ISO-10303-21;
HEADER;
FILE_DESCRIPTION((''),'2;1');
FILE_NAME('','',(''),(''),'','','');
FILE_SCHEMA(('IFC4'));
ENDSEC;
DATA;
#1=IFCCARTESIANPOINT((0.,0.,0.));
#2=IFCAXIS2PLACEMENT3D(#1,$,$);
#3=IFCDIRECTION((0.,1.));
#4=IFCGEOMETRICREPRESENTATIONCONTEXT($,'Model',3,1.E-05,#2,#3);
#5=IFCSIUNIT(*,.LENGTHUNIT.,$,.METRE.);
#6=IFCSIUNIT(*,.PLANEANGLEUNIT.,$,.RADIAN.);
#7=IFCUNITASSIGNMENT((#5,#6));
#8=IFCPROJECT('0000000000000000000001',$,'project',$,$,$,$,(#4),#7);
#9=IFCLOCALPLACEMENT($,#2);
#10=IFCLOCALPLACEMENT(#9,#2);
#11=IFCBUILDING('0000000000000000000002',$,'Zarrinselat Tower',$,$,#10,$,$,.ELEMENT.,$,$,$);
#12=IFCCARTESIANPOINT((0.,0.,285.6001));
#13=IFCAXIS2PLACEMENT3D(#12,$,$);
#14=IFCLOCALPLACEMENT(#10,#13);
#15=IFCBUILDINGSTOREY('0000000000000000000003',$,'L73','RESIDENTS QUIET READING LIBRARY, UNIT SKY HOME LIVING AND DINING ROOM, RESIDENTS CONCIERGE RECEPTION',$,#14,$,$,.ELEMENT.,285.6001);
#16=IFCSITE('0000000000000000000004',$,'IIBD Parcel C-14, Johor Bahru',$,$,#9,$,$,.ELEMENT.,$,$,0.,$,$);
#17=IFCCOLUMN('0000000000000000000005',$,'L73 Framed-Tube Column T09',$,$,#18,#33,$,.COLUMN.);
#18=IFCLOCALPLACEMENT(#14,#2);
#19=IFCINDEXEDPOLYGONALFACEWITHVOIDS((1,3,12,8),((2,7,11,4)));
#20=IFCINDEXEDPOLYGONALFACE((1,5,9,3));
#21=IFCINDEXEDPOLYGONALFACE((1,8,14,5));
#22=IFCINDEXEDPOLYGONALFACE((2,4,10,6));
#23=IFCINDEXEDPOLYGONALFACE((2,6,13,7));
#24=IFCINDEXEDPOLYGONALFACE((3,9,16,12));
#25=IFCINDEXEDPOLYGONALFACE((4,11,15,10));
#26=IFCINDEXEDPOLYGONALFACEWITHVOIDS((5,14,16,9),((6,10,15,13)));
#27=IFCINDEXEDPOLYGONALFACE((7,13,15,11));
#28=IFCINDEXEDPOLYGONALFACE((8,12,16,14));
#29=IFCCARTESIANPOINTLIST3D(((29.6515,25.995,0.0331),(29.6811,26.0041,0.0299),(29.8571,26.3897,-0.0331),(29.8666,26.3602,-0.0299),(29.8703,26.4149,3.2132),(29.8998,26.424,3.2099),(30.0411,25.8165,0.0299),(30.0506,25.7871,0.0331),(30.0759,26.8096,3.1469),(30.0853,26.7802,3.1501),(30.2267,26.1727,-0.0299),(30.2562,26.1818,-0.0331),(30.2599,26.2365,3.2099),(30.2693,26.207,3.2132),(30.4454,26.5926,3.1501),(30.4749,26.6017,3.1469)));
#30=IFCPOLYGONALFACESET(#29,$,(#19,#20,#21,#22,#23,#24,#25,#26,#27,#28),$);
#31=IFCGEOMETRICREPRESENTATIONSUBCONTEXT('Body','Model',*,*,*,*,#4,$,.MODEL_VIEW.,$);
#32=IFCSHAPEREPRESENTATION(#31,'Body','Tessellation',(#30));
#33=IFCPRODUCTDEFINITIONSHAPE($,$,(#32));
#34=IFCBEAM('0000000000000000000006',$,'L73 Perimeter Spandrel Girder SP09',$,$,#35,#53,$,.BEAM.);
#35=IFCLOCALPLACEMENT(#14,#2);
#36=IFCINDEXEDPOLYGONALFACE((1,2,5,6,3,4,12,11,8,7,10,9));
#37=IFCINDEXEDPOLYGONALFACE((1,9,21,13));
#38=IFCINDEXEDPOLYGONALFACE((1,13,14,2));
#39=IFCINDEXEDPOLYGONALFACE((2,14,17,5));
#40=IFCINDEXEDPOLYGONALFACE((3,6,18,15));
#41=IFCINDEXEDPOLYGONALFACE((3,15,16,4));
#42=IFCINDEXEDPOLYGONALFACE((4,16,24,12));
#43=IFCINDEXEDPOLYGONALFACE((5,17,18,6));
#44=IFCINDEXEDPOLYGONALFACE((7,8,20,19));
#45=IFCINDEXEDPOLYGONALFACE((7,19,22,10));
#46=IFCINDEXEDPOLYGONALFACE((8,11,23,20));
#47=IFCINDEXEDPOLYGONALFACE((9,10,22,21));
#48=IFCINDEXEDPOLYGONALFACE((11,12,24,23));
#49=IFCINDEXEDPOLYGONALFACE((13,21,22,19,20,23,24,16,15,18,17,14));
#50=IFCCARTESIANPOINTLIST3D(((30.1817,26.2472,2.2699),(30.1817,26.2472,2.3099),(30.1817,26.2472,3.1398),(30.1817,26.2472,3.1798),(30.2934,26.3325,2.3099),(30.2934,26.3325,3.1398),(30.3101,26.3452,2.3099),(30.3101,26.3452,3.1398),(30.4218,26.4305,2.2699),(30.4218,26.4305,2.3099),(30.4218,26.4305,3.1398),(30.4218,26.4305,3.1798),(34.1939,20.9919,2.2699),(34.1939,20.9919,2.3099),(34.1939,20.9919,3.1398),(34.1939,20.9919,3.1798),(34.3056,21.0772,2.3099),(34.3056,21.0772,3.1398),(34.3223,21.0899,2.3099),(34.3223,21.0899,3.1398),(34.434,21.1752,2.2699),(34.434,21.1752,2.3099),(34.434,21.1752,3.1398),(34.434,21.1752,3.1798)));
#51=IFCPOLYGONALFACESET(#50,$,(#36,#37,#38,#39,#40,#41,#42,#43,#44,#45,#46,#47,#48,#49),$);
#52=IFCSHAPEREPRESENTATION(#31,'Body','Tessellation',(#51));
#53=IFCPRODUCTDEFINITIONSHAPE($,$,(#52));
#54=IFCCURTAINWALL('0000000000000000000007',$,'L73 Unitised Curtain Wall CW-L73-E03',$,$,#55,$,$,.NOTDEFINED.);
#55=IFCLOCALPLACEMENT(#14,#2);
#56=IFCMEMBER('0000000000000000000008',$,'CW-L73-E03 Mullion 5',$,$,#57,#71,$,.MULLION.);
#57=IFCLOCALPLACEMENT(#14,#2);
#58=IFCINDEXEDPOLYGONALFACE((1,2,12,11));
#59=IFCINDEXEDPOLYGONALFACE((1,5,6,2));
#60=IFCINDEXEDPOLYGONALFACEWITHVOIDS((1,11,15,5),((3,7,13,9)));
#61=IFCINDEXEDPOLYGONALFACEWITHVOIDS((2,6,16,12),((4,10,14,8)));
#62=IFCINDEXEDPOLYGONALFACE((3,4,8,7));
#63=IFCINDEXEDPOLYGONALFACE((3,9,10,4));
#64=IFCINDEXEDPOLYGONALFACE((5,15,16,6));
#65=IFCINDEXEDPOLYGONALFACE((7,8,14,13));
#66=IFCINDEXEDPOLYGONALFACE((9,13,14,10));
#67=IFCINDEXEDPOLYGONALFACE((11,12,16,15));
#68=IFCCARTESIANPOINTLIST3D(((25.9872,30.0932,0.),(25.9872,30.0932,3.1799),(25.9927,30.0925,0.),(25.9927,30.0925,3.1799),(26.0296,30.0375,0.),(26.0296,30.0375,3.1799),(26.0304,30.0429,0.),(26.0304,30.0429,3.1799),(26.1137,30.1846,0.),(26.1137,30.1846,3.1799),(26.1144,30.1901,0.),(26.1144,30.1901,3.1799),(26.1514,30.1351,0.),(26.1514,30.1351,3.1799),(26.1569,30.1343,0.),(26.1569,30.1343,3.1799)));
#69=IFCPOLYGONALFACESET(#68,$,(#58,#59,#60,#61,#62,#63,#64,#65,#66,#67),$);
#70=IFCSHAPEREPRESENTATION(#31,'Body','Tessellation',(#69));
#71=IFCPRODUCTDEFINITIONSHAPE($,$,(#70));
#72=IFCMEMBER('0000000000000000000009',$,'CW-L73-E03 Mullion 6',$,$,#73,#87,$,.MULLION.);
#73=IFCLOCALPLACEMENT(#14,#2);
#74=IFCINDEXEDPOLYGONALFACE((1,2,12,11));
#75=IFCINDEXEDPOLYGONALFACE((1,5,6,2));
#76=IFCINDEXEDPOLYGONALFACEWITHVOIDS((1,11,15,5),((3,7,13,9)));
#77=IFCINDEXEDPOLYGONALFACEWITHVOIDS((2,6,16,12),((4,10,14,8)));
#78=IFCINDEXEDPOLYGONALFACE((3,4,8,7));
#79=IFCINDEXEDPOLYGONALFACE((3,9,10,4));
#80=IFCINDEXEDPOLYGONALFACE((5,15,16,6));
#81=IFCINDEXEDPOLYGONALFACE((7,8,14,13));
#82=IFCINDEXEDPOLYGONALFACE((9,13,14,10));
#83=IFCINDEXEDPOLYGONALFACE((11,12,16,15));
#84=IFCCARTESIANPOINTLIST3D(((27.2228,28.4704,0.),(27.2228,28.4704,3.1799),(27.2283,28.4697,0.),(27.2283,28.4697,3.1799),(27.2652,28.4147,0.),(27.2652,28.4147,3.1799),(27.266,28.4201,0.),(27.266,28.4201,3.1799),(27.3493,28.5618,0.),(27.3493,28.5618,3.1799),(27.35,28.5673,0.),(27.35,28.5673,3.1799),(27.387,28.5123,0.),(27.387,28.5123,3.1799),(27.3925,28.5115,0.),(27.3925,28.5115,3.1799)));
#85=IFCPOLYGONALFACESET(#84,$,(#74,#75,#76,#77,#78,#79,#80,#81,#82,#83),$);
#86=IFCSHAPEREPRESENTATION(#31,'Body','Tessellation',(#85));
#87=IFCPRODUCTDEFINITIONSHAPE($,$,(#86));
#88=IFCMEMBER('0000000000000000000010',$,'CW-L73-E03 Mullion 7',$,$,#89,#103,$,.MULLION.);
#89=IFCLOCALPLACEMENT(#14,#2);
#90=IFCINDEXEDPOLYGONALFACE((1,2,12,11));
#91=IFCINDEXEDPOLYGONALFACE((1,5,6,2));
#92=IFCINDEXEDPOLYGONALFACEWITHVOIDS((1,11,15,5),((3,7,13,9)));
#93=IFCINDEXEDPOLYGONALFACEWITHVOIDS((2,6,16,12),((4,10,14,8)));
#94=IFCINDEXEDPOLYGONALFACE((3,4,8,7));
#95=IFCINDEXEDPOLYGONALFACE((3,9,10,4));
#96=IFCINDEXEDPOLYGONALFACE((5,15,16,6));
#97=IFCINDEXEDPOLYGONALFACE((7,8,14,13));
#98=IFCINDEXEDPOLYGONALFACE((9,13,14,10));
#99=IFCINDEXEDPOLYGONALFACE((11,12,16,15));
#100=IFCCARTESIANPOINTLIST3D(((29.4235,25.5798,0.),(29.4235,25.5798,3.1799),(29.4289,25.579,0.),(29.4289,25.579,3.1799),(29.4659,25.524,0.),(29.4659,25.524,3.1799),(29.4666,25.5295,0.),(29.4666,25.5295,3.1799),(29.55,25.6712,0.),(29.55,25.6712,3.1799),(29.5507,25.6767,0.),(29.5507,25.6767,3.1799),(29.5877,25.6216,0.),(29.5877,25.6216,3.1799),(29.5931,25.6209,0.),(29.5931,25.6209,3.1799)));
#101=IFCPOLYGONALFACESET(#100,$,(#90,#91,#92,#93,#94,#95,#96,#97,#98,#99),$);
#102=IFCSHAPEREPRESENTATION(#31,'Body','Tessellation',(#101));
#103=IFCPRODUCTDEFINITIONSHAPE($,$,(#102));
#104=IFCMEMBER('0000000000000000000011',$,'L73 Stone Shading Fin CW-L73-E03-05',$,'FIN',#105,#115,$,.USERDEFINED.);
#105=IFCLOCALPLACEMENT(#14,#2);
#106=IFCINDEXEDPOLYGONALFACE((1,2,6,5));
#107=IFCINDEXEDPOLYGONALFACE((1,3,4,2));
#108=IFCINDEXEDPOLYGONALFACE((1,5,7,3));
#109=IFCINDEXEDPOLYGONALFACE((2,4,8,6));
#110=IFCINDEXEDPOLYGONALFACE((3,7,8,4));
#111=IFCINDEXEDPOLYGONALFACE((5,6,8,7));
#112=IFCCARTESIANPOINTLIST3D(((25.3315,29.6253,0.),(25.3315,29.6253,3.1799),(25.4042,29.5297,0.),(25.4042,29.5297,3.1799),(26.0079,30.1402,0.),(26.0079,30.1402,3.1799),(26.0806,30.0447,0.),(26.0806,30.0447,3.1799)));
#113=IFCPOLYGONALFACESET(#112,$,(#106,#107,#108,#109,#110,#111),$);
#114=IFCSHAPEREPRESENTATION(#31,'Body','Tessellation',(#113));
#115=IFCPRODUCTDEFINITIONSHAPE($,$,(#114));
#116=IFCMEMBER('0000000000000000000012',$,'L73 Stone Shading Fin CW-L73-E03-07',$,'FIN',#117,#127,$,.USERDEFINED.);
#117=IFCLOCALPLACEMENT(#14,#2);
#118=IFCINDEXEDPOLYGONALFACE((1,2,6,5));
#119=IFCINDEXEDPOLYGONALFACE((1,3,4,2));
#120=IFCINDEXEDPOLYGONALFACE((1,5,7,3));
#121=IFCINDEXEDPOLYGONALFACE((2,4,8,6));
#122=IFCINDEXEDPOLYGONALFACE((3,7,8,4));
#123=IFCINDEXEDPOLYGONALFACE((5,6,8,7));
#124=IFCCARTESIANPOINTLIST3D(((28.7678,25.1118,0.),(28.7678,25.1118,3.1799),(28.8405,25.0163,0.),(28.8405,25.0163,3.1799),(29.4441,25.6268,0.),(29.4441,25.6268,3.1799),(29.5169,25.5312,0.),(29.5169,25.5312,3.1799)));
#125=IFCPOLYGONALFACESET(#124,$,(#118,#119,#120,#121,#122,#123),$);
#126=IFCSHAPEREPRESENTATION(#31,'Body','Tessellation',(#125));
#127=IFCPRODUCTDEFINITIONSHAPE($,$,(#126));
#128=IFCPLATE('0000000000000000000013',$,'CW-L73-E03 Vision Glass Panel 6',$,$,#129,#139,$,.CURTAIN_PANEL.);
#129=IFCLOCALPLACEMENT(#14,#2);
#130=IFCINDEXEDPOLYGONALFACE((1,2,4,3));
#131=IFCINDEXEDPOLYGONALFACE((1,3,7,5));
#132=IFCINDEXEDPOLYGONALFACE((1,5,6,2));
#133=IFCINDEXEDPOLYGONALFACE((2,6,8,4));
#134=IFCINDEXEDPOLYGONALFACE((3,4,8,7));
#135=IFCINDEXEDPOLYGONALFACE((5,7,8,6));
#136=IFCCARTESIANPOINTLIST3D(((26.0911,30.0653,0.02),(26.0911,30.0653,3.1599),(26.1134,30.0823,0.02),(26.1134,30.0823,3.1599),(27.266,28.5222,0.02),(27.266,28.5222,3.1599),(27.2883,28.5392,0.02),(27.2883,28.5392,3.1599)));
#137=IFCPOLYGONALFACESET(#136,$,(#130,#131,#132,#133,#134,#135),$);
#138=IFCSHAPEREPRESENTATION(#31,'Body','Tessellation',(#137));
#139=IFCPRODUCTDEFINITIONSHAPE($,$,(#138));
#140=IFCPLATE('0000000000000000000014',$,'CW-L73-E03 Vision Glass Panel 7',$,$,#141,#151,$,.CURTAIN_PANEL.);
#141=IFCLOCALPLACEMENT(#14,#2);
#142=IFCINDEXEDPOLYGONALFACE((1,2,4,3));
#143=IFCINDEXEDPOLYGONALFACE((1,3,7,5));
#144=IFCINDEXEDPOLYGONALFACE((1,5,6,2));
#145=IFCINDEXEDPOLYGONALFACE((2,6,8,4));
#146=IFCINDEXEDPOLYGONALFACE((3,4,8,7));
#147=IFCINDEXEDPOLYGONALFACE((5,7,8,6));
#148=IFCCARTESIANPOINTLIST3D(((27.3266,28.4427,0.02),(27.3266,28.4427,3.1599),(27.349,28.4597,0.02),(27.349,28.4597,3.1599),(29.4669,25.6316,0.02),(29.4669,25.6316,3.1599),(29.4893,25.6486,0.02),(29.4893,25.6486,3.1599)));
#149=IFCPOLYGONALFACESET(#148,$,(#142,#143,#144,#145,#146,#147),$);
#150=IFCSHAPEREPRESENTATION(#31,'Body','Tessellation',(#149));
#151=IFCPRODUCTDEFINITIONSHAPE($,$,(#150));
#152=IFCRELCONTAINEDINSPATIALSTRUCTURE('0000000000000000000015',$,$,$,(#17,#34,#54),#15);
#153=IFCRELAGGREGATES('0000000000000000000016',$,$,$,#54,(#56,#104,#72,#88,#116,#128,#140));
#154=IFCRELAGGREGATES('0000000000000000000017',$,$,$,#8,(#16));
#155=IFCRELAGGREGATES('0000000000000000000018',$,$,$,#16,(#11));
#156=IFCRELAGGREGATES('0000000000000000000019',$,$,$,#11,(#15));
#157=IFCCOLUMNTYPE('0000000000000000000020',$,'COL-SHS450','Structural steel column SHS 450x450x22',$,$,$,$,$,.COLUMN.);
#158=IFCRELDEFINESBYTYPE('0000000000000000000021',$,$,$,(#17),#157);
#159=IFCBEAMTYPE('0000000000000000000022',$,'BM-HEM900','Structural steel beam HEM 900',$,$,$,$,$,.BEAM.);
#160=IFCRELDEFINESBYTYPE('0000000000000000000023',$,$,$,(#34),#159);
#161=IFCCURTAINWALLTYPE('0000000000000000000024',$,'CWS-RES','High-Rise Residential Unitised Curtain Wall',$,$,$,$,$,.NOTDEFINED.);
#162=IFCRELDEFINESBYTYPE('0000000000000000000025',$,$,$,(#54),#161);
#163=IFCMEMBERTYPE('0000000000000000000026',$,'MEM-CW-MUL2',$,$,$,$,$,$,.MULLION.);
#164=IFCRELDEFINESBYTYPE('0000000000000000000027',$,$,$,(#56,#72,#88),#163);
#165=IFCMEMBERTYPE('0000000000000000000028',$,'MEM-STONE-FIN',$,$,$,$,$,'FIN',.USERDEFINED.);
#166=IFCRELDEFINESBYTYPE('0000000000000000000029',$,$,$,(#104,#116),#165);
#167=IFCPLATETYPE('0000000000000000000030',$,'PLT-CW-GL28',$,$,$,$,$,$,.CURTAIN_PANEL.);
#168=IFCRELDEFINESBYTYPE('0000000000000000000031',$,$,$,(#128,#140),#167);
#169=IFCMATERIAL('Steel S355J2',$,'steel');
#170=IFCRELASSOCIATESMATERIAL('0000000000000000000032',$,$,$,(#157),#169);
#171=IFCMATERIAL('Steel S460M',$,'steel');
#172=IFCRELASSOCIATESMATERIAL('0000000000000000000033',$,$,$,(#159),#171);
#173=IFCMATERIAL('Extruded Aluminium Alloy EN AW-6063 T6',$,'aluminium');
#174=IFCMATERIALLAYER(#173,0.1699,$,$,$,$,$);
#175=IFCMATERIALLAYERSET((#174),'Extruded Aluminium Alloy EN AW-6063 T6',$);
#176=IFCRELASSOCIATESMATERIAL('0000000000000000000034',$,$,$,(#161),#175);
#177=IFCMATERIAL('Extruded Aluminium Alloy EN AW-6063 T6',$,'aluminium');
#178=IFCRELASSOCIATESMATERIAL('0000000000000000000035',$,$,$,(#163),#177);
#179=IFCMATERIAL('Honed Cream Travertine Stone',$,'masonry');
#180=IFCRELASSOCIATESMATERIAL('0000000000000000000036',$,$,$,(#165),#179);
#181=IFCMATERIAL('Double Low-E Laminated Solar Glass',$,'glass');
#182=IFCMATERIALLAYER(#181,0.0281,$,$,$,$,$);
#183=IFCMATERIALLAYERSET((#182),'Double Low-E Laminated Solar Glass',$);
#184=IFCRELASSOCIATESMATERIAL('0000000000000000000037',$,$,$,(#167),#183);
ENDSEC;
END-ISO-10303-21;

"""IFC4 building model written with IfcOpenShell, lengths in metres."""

from ifc_helpers import new_model, si_unit, direction, frame, origin, origin_2d, place, context, subcontext, project, spatial, rectangle, hollow_rectangle, i_section, extrude, material, layer, layer_set, material_profile, profile_set, type_object, element, aggregate, save


model = new_model("IFC4")

# Units and contexts
model_context = context("Model", 3, precision=1e-05, world=origin(), true_north=direction((0.0, 1.0)))
body_context = subcontext(model_context, "Body", "Model", "MODEL_VIEW")
ifc_project = project(units=[si_unit("LENGTHUNIT", "METRE"), si_unit("PLANEANGLEUNIT", "RADIAN")], contexts=[model_context])

# Site, building, storey
site_placement = place(None, origin())
site = spatial("IfcSite", under=ifc_project, at=site_placement, Name="IIBD Parcel C-14, Johor Bahru", CompositionType="ELEMENT", RefElevation=0.0)
building_placement = place(site_placement, origin())
building = spatial("IfcBuilding", under=site, at=building_placement, Name="Zarrinselat Tower", CompositionType="ELEMENT")
storey_placement = place(building_placement, frame((0.0, 0.0, 285.6001)))
storey = spatial("IfcBuildingStorey", under=building, at=storey_placement, Name="L73", Description="RESIDENTS QUIET READING LIBRARY, UNIT SKY HOME LIVING AND DINING ROOM, RESIDENTS CONCIERGE RECEPTION", CompositionType="ELEMENT", Elevation=285.6001)

# Column
ifc_material_1 = material(Name="Steel S355J2", Category="steel")
ifc_material_profile_1 = material_profile(ifc_material_1, hollow_rectangle(XDim=0.45, YDim=0.45, WallThickness=0.022, at=origin_2d()), Name="SHS 450x450x22")
ifc_profile_set_1 = profile_set([ifc_material_profile_1], Name="Steel S355J2")
column_type = type_object("IfcColumnType", Name="COL-SHS450", Description="Structural steel column SHS 450x450x22", PredefinedType="COLUMN", material=ifc_profile_set_1)
column_placement = place(storey_placement, frame((29.9539, 26.0884, 0.0), z_axis=(0.068041, 0.130614, 0.989096), x_axis=(-0.886879, 0.462002, 0.0)))
element("IfcColumn", 1, at=column_placement, inside=storey, type_object=column_type, Name="L73 Framed-Tube Column T09", PredefinedType="COLUMN", context=body_context, shape_type="SweptSolid", body=[
    extrude(hollow_rectangle(XDim=0.45, YDim=0.45, WallThickness=0.022, at=origin_2d()), origin(), (0.0, 0.0, 1.0), 3.2151),
])

# Beam
ifc_material_2 = material(Name="Steel S460M", Category="steel")
ifc_material_profile_2 = material_profile(ifc_material_2, i_section(OverallWidth=0.302, OverallDepth=0.9099, WebThickness=0.021, FlangeThickness=0.04, at=origin_2d()), Name="HEM 900")
ifc_profile_set_2 = profile_set([ifc_material_profile_2], Name="Steel S460M")
beam_type = type_object("IfcBeamType", Name="BM-HEM900", Description="Structural steel beam HEM 900", PredefinedType="BEAM", material=ifc_profile_set_2)
beam_placement = place(storey_placement, frame((30.3018, 26.3389, 2.7249), z_axis=(0.606819, -0.79484, 0.0), x_axis=(0.79484, 0.606819, 0.0)))
element("IfcBeam", 2, at=beam_placement, inside=storey, type_object=beam_type, Name="L73 Perimeter Spandrel Girder SP09", PredefinedType="BEAM", context=body_context, shape_type="SweptSolid", body=[
    extrude(i_section(OverallWidth=0.302, OverallDepth=0.9099, WebThickness=0.021, FlangeThickness=0.04, at=origin_2d()), origin(), (0.0, 0.0, 1.0), 6.6118),
])

# Curtain wall, members, plates
ifc_material_3 = material(Name="Extruded Aluminium Alloy EN AW-6063 T6", Category="aluminium")
ifc_layer_1 = layer(ifc_material_3, 0.1699)
ifc_layer_set_1 = layer_set([ifc_layer_1], Name="Extruded Aluminium Alloy EN AW-6063 T6")
curtain_wall_type = type_object("IfcCurtainWallType", Name="CWS-RES", Description="High-Rise Residential Unitised Curtain Wall", PredefinedType="NOTDEFINED", material=ifc_layer_set_1)
curtain_wall_placement = place(storey_placement, origin())
curtain_wall = element("IfcCurtainWall", 3, at=curtain_wall_placement, inside=storey, type_object=curtain_wall_type, Name="L73 Unitised Curtain Wall CW-L73-E03", PredefinedType="NOTDEFINED")
ifc_material_4 = material(Name="Extruded Aluminium Alloy EN AW-6063 T6", Category="aluminium")
ifc_material_profile_3 = material_profile(ifc_material_4, hollow_rectangle(XDim=0.0701, YDim=0.1599, WallThickness=0.0039, at=origin_2d()), Name="RHS 160x70x4")
ifc_profile_set_3 = profile_set([ifc_material_profile_3], Name="Extruded Aluminium Alloy EN AW-6063 T6")
member_type_1 = type_object("IfcMemberType", Name="MEM-CW-MUL2", PredefinedType="MULLION", material=ifc_profile_set_3)
member_1_placement = place(storey_placement, frame((26.072, 30.1138, 0.0), z_axis=(0.0, 0.0, 1.0), x_axis=(0.605767, -0.795642, 0.0)))
member_1 = element("IfcMember", 4, at=member_1_placement, type_object=member_type_1, Name="CW-L73-E03 Mullion 5", PredefinedType="MULLION", context=body_context, shape_type="SweptSolid", body=[
    extrude(hollow_rectangle(XDim=0.0701, YDim=0.1599, WallThickness=0.0039, at=origin_2d()), origin(), (0.0, 0.0, 1.0), 3.1799),
])
member_2_placement = place(storey_placement, frame((27.3076, 28.491, 0.0), z_axis=(0.0, 0.0, 1.0), x_axis=(0.605767, -0.795642, 0.0)))
member_2 = element("IfcMember", 5, at=member_2_placement, type_object=member_type_1, Name="CW-L73-E03 Mullion 6", PredefinedType="MULLION", context=body_context, shape_type="SweptSolid", body=[
    extrude(hollow_rectangle(XDim=0.0701, YDim=0.1599, WallThickness=0.0039, at=origin_2d()), origin(), (0.0, 0.0, 1.0), 3.1799),
])
member_3_placement = place(storey_placement, frame((29.5083, 25.6003, 0.0), z_axis=(0.0, 0.0, 1.0), x_axis=(0.605767, -0.795642, 0.0)))
member_3 = element("IfcMember", 6, at=member_3_placement, type_object=member_type_1, Name="CW-L73-E03 Mullion 7", PredefinedType="MULLION", context=body_context, shape_type="SweptSolid", body=[
    extrude(hollow_rectangle(XDim=0.0701, YDim=0.1599, WallThickness=0.0039, at=origin_2d()), origin(), (0.0, 0.0, 1.0), 3.1799),
])
ifc_material_5 = material(Name="Honed Cream Travertine Stone", Category="masonry")
ifc_material_profile_4 = material_profile(ifc_material_5, rectangle(XDim=0.1201, YDim=0.8501, at=origin_2d()), Name="FIN 850x120")
ifc_profile_set_4 = profile_set([ifc_material_profile_4], Name="Honed Cream Travertine Stone")
member_type_2 = type_object("IfcMemberType", Name="MEM-STONE-FIN", ElementType="FIN", PredefinedType="USERDEFINED", material=ifc_profile_set_4)
member_4_placement = place(storey_placement, frame((25.7061, 29.835, 0.0), z_axis=(0.0, 0.0, 1.0), x_axis=(-0.605767, 0.795642, 0.0)))
member_4 = element("IfcMember", 7, at=member_4_placement, type_object=member_type_2, Name="L73 Stone Shading Fin CW-L73-E03-05", ObjectType="FIN", PredefinedType="USERDEFINED", context=body_context, shape_type="SweptSolid", body=[
    extrude(rectangle(XDim=0.1201, YDim=0.8501, at=origin_2d()), origin(), (0.0, 0.0, 1.0), 3.1799),
])
member_5_placement = place(storey_placement, frame((29.1423, 25.3215, 0.0), z_axis=(0.0, 0.0, 1.0), x_axis=(-0.605767, 0.795642, 0.0)))
member_5 = element("IfcMember", 8, at=member_5_placement, type_object=member_type_2, Name="L73 Stone Shading Fin CW-L73-E03-07", ObjectType="FIN", PredefinedType="USERDEFINED", context=body_context, shape_type="SweptSolid", body=[
    extrude(rectangle(XDim=0.1201, YDim=0.8501, at=origin_2d()), origin(), (0.0, 0.0, 1.0), 3.1799),
])
ifc_material_6 = material(Name="Double Low-E Laminated Solar Glass", Category="glass")
ifc_layer_2 = layer(ifc_material_6, 0.0281)
ifc_layer_set_2 = layer_set([ifc_layer_2], Name="Double Low-E Laminated Solar Glass")
plate_type = type_object("IfcPlateType", Name="PLT-CW-GL28", PredefinedType="CURTAIN_PANEL", material=ifc_layer_set_2)
plate_1_placement = place(storey_placement, frame((26.6897, 29.3022, 0.02), z_axis=(0.0, 0.0, 1.0), x_axis=(0.605767, -0.795642, 0.0)))
plate_1 = element("IfcPlate", 9, at=plate_1_placement, type_object=plate_type, Name="CW-L73-E03 Vision Glass Panel 6", PredefinedType="CURTAIN_PANEL", context=body_context, shape_type="SweptSolid", body=[
    extrude(rectangle(XDim=1.9395, YDim=0.0281, at=origin_2d()), origin(), (0.0, 0.0, 1.0), 3.1399),
])
plate_2_placement = place(storey_placement, frame((28.408, 27.0457, 0.02), z_axis=(0.0, 0.0, 1.0), x_axis=(0.605767, -0.795642, 0.0)))
plate_2 = element("IfcPlate", 10, at=plate_2_placement, type_object=plate_type, Name="CW-L73-E03 Vision Glass Panel 7", PredefinedType="CURTAIN_PANEL", context=body_context, shape_type="SweptSolid", body=[
    extrude(rectangle(XDim=3.5332, YDim=0.0281, at=origin_2d()), origin(), (0.0, 0.0, 1.0), 3.1399),
])
aggregate(curtain_wall, [member_1, member_4, member_2, member_3, member_5, plate_1, plate_2])

save(model, "model.ifc")
